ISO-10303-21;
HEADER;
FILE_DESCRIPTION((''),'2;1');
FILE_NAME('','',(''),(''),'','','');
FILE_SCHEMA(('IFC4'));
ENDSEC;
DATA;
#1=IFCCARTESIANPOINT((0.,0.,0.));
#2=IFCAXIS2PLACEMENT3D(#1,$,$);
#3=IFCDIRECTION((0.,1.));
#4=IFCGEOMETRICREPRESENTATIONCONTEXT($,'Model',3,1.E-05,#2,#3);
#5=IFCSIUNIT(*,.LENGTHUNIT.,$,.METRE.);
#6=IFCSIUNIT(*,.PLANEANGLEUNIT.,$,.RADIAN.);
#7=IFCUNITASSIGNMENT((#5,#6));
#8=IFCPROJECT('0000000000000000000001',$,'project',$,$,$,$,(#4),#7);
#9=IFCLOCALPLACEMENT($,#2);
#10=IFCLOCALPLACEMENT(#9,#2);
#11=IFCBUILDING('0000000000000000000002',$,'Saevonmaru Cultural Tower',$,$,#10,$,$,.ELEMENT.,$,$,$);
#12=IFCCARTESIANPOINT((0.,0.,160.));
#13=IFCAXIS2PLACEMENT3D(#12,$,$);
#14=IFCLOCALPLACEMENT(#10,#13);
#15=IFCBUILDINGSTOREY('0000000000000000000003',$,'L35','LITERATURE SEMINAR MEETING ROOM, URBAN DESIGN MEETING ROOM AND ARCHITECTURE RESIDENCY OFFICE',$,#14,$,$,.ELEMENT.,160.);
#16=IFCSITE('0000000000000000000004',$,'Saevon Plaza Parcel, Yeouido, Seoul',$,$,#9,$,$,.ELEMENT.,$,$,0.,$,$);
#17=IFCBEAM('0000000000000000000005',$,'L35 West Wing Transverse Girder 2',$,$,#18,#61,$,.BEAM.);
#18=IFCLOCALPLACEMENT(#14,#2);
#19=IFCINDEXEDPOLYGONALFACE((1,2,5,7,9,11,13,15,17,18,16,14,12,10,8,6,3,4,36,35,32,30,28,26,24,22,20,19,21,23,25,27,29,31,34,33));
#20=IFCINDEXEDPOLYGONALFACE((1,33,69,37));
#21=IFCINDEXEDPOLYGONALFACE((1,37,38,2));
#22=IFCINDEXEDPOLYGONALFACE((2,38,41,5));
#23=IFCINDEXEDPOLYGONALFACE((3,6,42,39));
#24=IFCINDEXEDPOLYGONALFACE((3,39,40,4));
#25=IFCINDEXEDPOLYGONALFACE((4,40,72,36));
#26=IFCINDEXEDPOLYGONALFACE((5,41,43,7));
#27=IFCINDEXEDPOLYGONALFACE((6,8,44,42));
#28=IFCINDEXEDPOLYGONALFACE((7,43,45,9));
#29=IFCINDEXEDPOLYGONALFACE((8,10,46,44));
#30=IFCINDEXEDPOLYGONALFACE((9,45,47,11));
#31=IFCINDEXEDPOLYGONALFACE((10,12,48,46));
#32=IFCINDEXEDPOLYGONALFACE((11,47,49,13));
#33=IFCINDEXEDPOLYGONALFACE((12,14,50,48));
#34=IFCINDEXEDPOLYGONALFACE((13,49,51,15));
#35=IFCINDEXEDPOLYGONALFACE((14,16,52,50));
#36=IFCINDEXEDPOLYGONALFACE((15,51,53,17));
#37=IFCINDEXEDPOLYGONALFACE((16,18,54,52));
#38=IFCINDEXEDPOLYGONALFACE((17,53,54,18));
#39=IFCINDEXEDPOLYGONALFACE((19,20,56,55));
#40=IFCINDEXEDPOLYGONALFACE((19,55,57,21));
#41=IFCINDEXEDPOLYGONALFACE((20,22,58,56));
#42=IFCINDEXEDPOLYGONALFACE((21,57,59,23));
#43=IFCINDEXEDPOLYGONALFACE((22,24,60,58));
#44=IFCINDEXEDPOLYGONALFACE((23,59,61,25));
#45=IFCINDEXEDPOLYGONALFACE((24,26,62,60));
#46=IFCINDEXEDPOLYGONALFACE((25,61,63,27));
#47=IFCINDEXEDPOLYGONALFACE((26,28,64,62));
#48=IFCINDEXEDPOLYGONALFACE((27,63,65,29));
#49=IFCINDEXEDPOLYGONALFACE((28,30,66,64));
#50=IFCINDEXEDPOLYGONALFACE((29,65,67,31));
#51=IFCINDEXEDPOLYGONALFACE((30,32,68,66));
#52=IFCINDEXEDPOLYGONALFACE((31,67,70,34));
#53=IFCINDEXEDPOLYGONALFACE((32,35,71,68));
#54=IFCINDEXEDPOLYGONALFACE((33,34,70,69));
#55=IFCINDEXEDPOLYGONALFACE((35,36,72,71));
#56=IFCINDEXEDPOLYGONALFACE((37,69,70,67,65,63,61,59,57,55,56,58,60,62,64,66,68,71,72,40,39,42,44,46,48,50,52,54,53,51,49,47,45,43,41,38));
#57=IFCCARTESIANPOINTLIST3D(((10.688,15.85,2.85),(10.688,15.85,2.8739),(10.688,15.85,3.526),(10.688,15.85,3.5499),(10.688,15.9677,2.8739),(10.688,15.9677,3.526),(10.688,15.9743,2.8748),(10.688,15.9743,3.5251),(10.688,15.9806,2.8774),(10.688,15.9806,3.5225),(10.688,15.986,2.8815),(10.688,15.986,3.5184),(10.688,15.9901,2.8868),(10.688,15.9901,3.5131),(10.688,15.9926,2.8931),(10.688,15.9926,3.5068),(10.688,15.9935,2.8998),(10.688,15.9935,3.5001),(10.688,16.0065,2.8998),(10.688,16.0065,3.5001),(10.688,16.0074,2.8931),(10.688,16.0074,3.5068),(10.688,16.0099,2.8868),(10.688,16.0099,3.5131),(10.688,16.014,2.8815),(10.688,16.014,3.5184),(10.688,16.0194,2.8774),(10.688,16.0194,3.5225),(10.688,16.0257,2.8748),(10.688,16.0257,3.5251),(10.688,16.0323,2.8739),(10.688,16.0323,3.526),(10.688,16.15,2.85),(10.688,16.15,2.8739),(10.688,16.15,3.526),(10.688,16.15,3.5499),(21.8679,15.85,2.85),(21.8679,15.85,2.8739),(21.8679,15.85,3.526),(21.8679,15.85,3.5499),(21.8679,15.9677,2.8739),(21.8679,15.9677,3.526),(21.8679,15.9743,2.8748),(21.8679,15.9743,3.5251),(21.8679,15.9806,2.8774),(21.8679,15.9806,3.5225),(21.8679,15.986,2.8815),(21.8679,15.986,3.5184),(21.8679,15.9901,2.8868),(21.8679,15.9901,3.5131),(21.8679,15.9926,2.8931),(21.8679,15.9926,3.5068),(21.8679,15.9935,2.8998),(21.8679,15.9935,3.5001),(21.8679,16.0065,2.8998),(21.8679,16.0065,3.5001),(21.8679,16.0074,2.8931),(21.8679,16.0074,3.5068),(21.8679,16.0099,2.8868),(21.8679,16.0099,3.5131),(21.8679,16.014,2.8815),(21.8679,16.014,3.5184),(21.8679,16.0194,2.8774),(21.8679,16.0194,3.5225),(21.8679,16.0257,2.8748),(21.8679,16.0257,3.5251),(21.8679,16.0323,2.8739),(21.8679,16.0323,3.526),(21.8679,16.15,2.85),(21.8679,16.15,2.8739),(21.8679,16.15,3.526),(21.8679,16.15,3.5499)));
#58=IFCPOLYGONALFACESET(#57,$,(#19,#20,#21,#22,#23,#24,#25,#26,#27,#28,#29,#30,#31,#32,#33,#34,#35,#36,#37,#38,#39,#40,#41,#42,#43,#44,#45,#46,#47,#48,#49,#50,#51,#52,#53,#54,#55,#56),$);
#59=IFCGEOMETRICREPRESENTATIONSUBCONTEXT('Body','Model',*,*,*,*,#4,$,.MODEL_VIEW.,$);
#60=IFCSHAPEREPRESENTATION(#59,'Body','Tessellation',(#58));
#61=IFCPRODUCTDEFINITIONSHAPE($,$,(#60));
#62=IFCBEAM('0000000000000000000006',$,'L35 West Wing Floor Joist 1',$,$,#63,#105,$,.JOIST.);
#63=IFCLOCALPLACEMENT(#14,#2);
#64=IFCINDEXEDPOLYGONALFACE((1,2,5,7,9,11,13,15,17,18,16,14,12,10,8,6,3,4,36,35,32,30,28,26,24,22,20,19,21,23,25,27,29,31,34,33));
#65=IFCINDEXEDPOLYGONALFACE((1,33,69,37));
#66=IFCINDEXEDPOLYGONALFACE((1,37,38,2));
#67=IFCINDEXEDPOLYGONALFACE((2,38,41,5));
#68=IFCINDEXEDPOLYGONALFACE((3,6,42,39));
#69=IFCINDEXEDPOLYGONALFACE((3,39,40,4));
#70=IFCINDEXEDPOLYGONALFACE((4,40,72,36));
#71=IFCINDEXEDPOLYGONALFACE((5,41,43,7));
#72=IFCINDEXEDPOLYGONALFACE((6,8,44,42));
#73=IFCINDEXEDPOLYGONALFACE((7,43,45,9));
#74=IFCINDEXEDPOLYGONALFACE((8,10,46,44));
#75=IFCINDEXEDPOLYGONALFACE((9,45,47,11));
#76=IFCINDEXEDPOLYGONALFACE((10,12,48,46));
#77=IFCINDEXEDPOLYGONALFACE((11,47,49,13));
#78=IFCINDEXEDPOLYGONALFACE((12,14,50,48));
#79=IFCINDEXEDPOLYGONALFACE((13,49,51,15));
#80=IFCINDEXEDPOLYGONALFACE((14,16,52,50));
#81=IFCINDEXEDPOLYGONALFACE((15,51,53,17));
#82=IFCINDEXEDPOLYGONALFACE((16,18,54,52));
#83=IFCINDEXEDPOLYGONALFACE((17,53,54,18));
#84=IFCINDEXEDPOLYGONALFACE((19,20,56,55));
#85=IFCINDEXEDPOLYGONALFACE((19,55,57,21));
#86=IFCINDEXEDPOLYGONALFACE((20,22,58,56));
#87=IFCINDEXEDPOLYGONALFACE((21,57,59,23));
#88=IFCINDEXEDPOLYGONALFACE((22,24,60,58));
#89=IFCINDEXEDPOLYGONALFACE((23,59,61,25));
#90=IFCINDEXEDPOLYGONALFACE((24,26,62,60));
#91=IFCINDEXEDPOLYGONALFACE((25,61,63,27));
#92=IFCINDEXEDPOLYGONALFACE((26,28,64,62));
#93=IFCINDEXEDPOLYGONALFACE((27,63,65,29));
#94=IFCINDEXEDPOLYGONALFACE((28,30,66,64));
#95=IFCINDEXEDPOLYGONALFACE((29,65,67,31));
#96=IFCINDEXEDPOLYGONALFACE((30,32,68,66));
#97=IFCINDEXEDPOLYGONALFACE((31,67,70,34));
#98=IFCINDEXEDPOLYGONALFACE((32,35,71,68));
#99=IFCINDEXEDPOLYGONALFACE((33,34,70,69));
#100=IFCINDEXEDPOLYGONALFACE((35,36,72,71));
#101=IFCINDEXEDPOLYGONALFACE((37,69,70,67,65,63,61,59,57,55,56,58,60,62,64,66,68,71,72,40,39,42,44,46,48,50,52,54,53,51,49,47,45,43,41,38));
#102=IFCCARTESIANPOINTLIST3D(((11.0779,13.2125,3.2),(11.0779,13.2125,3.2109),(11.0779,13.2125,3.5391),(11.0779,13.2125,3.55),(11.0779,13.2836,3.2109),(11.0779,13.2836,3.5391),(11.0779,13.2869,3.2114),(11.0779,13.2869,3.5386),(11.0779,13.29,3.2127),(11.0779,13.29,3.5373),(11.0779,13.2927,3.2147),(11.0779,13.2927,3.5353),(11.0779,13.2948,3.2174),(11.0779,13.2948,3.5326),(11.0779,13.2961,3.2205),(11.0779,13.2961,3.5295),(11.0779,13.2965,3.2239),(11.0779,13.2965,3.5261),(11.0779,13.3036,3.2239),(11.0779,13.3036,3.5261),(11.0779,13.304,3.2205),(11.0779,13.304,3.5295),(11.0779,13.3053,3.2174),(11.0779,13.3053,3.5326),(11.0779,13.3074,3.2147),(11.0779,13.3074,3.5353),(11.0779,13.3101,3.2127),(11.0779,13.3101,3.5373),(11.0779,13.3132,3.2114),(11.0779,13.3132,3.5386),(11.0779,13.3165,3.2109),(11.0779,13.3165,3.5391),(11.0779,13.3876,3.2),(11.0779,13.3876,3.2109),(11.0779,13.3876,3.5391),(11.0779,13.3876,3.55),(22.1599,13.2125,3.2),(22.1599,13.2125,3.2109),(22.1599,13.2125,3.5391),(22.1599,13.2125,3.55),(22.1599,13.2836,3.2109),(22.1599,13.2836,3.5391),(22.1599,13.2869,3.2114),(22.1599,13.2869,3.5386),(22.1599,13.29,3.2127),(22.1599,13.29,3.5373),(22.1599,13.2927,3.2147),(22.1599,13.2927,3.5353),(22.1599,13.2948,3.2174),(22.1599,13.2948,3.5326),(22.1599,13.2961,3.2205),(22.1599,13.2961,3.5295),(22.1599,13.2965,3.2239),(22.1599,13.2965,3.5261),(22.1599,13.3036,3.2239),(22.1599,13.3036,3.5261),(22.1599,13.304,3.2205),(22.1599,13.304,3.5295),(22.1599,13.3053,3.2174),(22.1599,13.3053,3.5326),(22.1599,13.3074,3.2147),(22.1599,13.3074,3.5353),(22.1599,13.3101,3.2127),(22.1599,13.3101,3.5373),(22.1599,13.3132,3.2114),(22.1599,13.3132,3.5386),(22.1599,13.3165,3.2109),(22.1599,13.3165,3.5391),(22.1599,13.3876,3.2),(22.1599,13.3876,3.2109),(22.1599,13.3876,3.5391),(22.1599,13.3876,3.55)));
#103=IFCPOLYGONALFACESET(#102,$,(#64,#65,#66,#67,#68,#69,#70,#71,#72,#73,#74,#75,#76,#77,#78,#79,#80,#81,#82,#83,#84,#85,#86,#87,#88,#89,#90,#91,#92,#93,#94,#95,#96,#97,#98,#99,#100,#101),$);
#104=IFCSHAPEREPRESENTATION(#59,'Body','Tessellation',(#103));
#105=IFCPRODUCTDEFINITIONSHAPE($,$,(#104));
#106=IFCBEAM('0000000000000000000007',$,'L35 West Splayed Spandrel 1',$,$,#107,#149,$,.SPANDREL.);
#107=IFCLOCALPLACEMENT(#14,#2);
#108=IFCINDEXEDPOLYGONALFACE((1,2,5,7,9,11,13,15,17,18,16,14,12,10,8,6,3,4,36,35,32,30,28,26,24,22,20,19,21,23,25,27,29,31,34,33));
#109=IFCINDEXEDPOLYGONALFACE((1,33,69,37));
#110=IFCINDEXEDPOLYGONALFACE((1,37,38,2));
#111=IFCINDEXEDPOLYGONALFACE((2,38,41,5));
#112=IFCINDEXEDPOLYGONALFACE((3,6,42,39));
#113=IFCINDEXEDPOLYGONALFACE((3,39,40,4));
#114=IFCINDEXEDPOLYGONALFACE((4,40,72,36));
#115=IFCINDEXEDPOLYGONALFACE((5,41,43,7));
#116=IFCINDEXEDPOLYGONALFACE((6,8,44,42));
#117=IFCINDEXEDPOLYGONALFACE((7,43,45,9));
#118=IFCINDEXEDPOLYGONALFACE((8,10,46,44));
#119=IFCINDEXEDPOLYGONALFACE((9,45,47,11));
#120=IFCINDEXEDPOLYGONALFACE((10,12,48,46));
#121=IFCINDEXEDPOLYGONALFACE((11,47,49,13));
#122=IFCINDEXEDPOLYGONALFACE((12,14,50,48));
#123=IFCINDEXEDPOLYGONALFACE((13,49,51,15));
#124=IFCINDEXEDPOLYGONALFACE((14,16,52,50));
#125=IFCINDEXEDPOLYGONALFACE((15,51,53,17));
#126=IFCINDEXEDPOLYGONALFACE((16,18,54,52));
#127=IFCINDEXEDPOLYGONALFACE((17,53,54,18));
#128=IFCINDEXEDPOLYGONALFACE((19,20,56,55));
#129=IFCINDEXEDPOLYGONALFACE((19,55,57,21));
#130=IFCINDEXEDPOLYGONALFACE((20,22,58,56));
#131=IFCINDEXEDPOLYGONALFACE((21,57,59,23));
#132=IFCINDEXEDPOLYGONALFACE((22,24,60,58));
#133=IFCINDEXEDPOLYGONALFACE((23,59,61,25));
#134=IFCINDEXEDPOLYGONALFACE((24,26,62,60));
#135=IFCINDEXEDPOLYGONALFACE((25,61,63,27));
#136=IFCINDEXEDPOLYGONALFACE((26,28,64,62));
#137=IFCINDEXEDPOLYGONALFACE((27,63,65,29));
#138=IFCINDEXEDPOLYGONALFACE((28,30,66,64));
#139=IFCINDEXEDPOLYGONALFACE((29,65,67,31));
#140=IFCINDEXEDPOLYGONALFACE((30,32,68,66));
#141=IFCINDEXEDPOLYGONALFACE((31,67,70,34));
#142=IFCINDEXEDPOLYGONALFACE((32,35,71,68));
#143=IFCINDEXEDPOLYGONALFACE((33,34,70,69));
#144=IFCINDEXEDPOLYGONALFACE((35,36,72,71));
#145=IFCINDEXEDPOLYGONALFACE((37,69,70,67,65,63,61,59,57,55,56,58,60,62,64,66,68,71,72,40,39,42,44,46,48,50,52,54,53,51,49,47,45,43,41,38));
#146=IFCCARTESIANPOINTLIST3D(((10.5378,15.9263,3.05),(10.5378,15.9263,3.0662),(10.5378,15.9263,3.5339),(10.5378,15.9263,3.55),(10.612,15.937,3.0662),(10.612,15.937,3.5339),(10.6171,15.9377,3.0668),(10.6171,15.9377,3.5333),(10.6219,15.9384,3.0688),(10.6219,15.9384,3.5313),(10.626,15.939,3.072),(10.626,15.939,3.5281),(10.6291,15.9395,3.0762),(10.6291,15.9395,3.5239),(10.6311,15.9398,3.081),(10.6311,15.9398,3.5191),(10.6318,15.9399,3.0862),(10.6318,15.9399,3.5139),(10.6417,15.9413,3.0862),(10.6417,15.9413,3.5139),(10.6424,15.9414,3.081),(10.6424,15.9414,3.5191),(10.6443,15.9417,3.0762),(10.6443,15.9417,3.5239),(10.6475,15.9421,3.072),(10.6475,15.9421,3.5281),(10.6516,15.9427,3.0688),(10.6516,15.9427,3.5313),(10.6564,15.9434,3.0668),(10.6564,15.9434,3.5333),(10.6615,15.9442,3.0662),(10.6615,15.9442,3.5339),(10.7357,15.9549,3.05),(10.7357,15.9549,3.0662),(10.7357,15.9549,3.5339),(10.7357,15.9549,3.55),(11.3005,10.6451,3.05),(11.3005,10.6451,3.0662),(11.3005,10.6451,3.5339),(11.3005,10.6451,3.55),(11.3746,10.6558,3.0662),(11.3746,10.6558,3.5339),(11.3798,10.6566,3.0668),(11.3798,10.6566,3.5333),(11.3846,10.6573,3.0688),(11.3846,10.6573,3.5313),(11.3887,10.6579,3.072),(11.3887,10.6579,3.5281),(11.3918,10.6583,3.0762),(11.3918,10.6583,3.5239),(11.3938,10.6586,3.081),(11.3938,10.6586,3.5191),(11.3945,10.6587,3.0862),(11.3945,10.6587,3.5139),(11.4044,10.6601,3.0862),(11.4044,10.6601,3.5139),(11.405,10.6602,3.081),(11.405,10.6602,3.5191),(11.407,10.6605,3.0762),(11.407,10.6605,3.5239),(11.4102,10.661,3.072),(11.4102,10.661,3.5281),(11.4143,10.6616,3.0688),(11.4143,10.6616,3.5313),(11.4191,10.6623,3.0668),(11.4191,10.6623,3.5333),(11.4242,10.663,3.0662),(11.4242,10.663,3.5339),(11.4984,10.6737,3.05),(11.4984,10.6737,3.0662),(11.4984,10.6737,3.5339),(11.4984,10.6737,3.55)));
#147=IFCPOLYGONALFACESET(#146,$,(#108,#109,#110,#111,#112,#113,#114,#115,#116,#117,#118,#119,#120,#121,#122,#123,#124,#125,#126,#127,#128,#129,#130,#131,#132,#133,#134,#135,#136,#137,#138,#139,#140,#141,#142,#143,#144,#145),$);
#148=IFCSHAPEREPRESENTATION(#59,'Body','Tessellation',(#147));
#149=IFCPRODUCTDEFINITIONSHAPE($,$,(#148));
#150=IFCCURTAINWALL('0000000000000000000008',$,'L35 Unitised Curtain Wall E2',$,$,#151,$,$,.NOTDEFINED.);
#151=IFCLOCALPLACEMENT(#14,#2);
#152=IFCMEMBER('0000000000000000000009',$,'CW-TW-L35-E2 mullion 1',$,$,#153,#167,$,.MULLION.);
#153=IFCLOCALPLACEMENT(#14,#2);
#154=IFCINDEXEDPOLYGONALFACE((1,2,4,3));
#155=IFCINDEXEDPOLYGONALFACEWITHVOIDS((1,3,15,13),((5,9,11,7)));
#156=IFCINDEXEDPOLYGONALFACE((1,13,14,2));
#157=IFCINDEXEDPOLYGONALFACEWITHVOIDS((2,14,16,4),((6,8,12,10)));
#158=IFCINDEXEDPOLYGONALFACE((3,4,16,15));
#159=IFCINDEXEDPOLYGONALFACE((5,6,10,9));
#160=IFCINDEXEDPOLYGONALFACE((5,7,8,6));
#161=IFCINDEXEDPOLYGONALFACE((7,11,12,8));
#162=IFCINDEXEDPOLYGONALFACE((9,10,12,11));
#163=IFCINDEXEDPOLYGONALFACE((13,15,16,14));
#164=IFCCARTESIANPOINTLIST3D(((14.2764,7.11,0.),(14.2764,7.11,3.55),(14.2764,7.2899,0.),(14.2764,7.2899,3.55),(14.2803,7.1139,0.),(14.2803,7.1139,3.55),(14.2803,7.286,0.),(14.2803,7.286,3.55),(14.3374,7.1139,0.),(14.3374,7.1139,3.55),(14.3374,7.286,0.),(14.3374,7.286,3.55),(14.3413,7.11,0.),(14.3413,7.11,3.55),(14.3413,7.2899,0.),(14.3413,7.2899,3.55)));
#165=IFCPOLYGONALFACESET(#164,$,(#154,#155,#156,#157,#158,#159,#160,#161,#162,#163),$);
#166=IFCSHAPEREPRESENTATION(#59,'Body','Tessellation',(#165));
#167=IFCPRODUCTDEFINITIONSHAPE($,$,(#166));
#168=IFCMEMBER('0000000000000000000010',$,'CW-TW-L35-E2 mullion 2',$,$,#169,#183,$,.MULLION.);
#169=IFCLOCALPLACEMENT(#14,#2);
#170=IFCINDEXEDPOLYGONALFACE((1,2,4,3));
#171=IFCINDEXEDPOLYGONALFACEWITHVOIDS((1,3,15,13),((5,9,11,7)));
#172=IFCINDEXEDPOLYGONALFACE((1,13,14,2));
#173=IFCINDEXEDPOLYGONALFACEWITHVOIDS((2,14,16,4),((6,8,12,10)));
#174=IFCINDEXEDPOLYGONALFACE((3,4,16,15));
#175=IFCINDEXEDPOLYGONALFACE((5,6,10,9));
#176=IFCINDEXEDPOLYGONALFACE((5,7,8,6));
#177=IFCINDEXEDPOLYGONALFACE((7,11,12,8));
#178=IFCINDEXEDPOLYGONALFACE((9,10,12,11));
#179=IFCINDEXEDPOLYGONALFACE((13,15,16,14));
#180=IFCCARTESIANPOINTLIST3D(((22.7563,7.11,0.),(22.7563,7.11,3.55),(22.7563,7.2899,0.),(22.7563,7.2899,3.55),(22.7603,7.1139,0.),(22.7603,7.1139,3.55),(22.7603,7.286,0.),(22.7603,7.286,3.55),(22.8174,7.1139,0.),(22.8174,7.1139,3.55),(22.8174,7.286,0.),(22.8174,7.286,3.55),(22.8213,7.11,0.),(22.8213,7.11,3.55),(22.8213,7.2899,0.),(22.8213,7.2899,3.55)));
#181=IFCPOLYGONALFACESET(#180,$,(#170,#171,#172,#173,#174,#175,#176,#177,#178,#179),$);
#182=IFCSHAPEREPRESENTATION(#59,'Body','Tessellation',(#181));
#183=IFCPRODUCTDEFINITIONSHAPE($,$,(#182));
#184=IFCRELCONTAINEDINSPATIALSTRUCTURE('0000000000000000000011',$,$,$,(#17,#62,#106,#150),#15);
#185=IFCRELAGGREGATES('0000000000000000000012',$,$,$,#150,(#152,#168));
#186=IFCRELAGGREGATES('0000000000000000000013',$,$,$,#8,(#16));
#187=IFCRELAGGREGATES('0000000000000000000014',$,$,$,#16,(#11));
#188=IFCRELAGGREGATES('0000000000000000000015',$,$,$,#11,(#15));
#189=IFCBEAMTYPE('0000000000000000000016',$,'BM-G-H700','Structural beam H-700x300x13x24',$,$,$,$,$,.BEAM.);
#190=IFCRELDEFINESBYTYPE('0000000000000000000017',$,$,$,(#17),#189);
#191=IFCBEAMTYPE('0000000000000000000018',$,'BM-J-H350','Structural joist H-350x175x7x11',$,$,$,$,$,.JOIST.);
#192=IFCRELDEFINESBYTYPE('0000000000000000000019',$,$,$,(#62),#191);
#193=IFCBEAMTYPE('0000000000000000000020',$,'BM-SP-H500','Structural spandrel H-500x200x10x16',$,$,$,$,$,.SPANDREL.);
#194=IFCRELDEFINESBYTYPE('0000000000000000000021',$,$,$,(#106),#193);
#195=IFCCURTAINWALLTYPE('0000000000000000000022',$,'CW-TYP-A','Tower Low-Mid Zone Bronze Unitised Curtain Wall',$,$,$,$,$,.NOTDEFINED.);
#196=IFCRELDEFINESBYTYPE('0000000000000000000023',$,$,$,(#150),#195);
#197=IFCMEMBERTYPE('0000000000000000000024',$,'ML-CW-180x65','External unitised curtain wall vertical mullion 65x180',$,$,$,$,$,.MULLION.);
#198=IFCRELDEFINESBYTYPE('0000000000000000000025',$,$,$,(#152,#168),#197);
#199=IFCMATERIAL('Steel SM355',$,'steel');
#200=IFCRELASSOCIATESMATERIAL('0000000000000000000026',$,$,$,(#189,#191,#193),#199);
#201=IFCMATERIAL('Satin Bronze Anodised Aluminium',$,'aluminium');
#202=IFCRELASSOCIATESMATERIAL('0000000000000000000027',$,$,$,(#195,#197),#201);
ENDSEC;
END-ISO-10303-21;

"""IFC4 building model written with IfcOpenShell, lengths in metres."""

from ifc_helpers import new_model, si_unit, direction, frame, origin, origin_2d, place, context, subcontext, project, spatial, hollow_rectangle, i_section, extrude, material, material_profile, profile_set, type_object, element, aggregate, save


model = new_model("IFC4")

# Units and contexts
model_context = context("Model", 3, precision=1e-05, world=origin(), true_north=direction((0.0, 1.0)))
body_context = subcontext(model_context, "Body", "Model", "MODEL_VIEW")
ifc_project = project(units=[si_unit("LENGTHUNIT", "METRE"), si_unit("PLANEANGLEUNIT", "RADIAN")], contexts=[model_context])

# Site, building, storey
site_placement = place(None, origin())
site = spatial("IfcSite", under=ifc_project, at=site_placement, Name="Saevon Plaza Parcel, Yeouido, Seoul", CompositionType="ELEMENT", RefElevation=0.0)
building_placement = place(site_placement, origin())
building = spatial("IfcBuilding", under=site, at=building_placement, Name="Saevonmaru Cultural Tower", CompositionType="ELEMENT")
storey_placement = place(building_placement, frame((0.0, 0.0, 160.0)))
storey = spatial("IfcBuildingStorey", under=building, at=storey_placement, Name="L35", Description="LITERATURE SEMINAR MEETING ROOM, URBAN DESIGN MEETING ROOM AND ARCHITECTURE RESIDENCY OFFICE", CompositionType="ELEMENT", Elevation=160.0)

# Shared definitions
ifc_material_1 = material(Name="Steel SM355", Category="steel")

# Beams
ifc_material_profile_1 = material_profile(ifc_material_1, i_section(OverallWidth=0.3, OverallDepth=0.7, WebThickness=0.0129, FlangeThickness=0.0239, FilletRadius=0.0259, at=origin_2d()), Name="H-700x300x13x24")
ifc_profile_set_1 = profile_set([ifc_material_profile_1], Name="Steel SM355")
beam_type_1 = type_object("IfcBeamType", Name="BM-G-H700", Description="Structural beam H-700x300x13x24", PredefinedType="BEAM", material=ifc_profile_set_1)
for number, where, z_axis, x_axis, name in (
    (1, (10.688, 16.0, 3.2), (1.0, 0.0, 0.0), (0.0, 1.0, 0.0), "L35 West Wing Transverse Girder 2"),
):
    element("IfcBeam", number, at=place(storey_placement, frame(where, z_axis=z_axis, x_axis=x_axis)), inside=storey, type_object=beam_type_1, Name=name, PredefinedType="BEAM", context=body_context, shape_type="SweptSolid", body=[
        extrude(i_section(OverallWidth=0.3, OverallDepth=0.7, WebThickness=0.0129, FlangeThickness=0.0239, FilletRadius=0.0259, at=origin_2d()), origin(), (0.0, 0.0, 1.0), 11.1799),
    ])
ifc_material_profile_2 = material_profile(ifc_material_1, i_section(OverallWidth=0.175, OverallDepth=0.3501, WebThickness=0.0071, FlangeThickness=0.011, FilletRadius=0.0129, at=origin_2d()), Name="H-350x175x7x11")
ifc_profile_set_2 = profile_set([ifc_material_profile_2], Name="Steel SM355")
beam_type_2 = type_object("IfcBeamType", Name="BM-J-H350", Description="Structural joist H-350x175x7x11", PredefinedType="JOIST", material=ifc_profile_set_2)
beam_1_placement = place(storey_placement, frame((11.0779, 13.3, 3.375), z_axis=(1.0, 0.0, 0.0), x_axis=(0.0, 1.0, 0.0)))
element("IfcBeam", 2, at=beam_1_placement, inside=storey, type_object=beam_type_2, Name="L35 West Wing Floor Joist 1", PredefinedType="JOIST", context=body_context, shape_type="SweptSolid", body=[
    extrude(i_section(OverallWidth=0.175, OverallDepth=0.3501, WebThickness=0.0071, FlangeThickness=0.011, FilletRadius=0.0129, at=origin_2d()), origin(), (0.0, 0.0, 1.0), 11.082),
])
ifc_material_profile_3 = material_profile(ifc_material_1, i_section(OverallWidth=0.2, OverallDepth=0.5, WebThickness=0.01, FlangeThickness=0.0161, FilletRadius=0.02, at=origin_2d()), Name="H-500x200x10x16")
ifc_profile_set_3 = profile_set([ifc_material_profile_3], Name="Steel SM355")
beam_type_3 = type_object("IfcBeamType", Name="BM-SP-H500", Description="Structural spandrel H-500x200x10x16", PredefinedType="SPANDREL", material=ifc_profile_set_3)
beam_2_placement = place(storey_placement, frame((11.3994, 10.6594, 3.3), z_axis=(-0.142933, 0.989732, 0.0), x_axis=(-0.989732, -0.142933, 0.0)))
element("IfcBeam", 3, at=beam_2_placement, inside=storey, type_object=beam_type_3, Name="L35 West Splayed Spandrel 1", PredefinedType="SPANDREL", context=body_context, shape_type="SweptSolid", body=[
    extrude(i_section(OverallWidth=0.2, OverallDepth=0.5, WebThickness=0.01, FlangeThickness=0.0161, FilletRadius=0.02, at=origin_2d()), origin(), (0.0, 0.0, 1.0), 5.3359),
])

# Curtain wall, members
ifc_material_2 = material(Name="Satin Bronze Anodised Aluminium", Category="aluminium")
curtain_wall_type = type_object("IfcCurtainWallType", Name="CW-TYP-A", Description="Tower Low-Mid Zone Bronze Unitised Curtain Wall", PredefinedType="NOTDEFINED", material=ifc_material_2)
curtain_wall_1_placement = place(storey_placement, origin())
curtain_wall_1 = element("IfcCurtainWall", 4, at=curtain_wall_1_placement, inside=storey, type_object=curtain_wall_type, Name="L35 Unitised Curtain Wall E2", PredefinedType="NOTDEFINED")
ifc_material_profile_4 = material_profile(ifc_material_2, hollow_rectangle(XDim=0.0649, YDim=0.1799, WallThickness=0.0039, at=origin_2d()), Name="ALU-MULL-180x65x4")
ifc_profile_set_4 = profile_set([ifc_material_profile_4], Name="Satin Bronze Anodised Aluminium")
member_type_1 = type_object("IfcMemberType", Name="ML-CW-180x65", Description="External unitised curtain wall vertical mullion 65x180", PredefinedType="MULLION", material=ifc_profile_set_4)
member_1_placement = place(storey_placement, frame((14.3088, 7.2, 0.0), z_axis=(0.0, 0.0, 1.0), x_axis=(1.0, 0.0, 0.0)))
member_1 = element("IfcMember", 5, at=member_1_placement, type_object=member_type_1, Name="CW-TW-L35-E2 mullion 1", PredefinedType="MULLION", context=body_context, shape_type="SweptSolid", body=[
    extrude(hollow_rectangle(XDim=0.0649, YDim=0.1799, WallThickness=0.0039, at=origin_2d()), origin(), (0.0, 0.0, 1.0), 3.55),
])
member_2_placement = place(storey_placement, frame((22.7888, 7.2, 0.0), z_axis=(0.0, 0.0, 1.0), x_axis=(1.0, 0.0, 0.0)))
member_2 = element("IfcMember", 6, at=member_2_placement, type_object=member_type_1, Name="CW-TW-L35-E2 mullion 2", PredefinedType="MULLION", context=body_context, shape_type="SweptSolid", body=[
    extrude(hollow_rectangle(XDim=0.0649, YDim=0.1799, WallThickness=0.0039, at=origin_2d()), origin(), (0.0, 0.0, 1.0), 3.55),
])

aggregate(curtain_wall_1, [member_1, member_2])

save(model, "model.ifc")
